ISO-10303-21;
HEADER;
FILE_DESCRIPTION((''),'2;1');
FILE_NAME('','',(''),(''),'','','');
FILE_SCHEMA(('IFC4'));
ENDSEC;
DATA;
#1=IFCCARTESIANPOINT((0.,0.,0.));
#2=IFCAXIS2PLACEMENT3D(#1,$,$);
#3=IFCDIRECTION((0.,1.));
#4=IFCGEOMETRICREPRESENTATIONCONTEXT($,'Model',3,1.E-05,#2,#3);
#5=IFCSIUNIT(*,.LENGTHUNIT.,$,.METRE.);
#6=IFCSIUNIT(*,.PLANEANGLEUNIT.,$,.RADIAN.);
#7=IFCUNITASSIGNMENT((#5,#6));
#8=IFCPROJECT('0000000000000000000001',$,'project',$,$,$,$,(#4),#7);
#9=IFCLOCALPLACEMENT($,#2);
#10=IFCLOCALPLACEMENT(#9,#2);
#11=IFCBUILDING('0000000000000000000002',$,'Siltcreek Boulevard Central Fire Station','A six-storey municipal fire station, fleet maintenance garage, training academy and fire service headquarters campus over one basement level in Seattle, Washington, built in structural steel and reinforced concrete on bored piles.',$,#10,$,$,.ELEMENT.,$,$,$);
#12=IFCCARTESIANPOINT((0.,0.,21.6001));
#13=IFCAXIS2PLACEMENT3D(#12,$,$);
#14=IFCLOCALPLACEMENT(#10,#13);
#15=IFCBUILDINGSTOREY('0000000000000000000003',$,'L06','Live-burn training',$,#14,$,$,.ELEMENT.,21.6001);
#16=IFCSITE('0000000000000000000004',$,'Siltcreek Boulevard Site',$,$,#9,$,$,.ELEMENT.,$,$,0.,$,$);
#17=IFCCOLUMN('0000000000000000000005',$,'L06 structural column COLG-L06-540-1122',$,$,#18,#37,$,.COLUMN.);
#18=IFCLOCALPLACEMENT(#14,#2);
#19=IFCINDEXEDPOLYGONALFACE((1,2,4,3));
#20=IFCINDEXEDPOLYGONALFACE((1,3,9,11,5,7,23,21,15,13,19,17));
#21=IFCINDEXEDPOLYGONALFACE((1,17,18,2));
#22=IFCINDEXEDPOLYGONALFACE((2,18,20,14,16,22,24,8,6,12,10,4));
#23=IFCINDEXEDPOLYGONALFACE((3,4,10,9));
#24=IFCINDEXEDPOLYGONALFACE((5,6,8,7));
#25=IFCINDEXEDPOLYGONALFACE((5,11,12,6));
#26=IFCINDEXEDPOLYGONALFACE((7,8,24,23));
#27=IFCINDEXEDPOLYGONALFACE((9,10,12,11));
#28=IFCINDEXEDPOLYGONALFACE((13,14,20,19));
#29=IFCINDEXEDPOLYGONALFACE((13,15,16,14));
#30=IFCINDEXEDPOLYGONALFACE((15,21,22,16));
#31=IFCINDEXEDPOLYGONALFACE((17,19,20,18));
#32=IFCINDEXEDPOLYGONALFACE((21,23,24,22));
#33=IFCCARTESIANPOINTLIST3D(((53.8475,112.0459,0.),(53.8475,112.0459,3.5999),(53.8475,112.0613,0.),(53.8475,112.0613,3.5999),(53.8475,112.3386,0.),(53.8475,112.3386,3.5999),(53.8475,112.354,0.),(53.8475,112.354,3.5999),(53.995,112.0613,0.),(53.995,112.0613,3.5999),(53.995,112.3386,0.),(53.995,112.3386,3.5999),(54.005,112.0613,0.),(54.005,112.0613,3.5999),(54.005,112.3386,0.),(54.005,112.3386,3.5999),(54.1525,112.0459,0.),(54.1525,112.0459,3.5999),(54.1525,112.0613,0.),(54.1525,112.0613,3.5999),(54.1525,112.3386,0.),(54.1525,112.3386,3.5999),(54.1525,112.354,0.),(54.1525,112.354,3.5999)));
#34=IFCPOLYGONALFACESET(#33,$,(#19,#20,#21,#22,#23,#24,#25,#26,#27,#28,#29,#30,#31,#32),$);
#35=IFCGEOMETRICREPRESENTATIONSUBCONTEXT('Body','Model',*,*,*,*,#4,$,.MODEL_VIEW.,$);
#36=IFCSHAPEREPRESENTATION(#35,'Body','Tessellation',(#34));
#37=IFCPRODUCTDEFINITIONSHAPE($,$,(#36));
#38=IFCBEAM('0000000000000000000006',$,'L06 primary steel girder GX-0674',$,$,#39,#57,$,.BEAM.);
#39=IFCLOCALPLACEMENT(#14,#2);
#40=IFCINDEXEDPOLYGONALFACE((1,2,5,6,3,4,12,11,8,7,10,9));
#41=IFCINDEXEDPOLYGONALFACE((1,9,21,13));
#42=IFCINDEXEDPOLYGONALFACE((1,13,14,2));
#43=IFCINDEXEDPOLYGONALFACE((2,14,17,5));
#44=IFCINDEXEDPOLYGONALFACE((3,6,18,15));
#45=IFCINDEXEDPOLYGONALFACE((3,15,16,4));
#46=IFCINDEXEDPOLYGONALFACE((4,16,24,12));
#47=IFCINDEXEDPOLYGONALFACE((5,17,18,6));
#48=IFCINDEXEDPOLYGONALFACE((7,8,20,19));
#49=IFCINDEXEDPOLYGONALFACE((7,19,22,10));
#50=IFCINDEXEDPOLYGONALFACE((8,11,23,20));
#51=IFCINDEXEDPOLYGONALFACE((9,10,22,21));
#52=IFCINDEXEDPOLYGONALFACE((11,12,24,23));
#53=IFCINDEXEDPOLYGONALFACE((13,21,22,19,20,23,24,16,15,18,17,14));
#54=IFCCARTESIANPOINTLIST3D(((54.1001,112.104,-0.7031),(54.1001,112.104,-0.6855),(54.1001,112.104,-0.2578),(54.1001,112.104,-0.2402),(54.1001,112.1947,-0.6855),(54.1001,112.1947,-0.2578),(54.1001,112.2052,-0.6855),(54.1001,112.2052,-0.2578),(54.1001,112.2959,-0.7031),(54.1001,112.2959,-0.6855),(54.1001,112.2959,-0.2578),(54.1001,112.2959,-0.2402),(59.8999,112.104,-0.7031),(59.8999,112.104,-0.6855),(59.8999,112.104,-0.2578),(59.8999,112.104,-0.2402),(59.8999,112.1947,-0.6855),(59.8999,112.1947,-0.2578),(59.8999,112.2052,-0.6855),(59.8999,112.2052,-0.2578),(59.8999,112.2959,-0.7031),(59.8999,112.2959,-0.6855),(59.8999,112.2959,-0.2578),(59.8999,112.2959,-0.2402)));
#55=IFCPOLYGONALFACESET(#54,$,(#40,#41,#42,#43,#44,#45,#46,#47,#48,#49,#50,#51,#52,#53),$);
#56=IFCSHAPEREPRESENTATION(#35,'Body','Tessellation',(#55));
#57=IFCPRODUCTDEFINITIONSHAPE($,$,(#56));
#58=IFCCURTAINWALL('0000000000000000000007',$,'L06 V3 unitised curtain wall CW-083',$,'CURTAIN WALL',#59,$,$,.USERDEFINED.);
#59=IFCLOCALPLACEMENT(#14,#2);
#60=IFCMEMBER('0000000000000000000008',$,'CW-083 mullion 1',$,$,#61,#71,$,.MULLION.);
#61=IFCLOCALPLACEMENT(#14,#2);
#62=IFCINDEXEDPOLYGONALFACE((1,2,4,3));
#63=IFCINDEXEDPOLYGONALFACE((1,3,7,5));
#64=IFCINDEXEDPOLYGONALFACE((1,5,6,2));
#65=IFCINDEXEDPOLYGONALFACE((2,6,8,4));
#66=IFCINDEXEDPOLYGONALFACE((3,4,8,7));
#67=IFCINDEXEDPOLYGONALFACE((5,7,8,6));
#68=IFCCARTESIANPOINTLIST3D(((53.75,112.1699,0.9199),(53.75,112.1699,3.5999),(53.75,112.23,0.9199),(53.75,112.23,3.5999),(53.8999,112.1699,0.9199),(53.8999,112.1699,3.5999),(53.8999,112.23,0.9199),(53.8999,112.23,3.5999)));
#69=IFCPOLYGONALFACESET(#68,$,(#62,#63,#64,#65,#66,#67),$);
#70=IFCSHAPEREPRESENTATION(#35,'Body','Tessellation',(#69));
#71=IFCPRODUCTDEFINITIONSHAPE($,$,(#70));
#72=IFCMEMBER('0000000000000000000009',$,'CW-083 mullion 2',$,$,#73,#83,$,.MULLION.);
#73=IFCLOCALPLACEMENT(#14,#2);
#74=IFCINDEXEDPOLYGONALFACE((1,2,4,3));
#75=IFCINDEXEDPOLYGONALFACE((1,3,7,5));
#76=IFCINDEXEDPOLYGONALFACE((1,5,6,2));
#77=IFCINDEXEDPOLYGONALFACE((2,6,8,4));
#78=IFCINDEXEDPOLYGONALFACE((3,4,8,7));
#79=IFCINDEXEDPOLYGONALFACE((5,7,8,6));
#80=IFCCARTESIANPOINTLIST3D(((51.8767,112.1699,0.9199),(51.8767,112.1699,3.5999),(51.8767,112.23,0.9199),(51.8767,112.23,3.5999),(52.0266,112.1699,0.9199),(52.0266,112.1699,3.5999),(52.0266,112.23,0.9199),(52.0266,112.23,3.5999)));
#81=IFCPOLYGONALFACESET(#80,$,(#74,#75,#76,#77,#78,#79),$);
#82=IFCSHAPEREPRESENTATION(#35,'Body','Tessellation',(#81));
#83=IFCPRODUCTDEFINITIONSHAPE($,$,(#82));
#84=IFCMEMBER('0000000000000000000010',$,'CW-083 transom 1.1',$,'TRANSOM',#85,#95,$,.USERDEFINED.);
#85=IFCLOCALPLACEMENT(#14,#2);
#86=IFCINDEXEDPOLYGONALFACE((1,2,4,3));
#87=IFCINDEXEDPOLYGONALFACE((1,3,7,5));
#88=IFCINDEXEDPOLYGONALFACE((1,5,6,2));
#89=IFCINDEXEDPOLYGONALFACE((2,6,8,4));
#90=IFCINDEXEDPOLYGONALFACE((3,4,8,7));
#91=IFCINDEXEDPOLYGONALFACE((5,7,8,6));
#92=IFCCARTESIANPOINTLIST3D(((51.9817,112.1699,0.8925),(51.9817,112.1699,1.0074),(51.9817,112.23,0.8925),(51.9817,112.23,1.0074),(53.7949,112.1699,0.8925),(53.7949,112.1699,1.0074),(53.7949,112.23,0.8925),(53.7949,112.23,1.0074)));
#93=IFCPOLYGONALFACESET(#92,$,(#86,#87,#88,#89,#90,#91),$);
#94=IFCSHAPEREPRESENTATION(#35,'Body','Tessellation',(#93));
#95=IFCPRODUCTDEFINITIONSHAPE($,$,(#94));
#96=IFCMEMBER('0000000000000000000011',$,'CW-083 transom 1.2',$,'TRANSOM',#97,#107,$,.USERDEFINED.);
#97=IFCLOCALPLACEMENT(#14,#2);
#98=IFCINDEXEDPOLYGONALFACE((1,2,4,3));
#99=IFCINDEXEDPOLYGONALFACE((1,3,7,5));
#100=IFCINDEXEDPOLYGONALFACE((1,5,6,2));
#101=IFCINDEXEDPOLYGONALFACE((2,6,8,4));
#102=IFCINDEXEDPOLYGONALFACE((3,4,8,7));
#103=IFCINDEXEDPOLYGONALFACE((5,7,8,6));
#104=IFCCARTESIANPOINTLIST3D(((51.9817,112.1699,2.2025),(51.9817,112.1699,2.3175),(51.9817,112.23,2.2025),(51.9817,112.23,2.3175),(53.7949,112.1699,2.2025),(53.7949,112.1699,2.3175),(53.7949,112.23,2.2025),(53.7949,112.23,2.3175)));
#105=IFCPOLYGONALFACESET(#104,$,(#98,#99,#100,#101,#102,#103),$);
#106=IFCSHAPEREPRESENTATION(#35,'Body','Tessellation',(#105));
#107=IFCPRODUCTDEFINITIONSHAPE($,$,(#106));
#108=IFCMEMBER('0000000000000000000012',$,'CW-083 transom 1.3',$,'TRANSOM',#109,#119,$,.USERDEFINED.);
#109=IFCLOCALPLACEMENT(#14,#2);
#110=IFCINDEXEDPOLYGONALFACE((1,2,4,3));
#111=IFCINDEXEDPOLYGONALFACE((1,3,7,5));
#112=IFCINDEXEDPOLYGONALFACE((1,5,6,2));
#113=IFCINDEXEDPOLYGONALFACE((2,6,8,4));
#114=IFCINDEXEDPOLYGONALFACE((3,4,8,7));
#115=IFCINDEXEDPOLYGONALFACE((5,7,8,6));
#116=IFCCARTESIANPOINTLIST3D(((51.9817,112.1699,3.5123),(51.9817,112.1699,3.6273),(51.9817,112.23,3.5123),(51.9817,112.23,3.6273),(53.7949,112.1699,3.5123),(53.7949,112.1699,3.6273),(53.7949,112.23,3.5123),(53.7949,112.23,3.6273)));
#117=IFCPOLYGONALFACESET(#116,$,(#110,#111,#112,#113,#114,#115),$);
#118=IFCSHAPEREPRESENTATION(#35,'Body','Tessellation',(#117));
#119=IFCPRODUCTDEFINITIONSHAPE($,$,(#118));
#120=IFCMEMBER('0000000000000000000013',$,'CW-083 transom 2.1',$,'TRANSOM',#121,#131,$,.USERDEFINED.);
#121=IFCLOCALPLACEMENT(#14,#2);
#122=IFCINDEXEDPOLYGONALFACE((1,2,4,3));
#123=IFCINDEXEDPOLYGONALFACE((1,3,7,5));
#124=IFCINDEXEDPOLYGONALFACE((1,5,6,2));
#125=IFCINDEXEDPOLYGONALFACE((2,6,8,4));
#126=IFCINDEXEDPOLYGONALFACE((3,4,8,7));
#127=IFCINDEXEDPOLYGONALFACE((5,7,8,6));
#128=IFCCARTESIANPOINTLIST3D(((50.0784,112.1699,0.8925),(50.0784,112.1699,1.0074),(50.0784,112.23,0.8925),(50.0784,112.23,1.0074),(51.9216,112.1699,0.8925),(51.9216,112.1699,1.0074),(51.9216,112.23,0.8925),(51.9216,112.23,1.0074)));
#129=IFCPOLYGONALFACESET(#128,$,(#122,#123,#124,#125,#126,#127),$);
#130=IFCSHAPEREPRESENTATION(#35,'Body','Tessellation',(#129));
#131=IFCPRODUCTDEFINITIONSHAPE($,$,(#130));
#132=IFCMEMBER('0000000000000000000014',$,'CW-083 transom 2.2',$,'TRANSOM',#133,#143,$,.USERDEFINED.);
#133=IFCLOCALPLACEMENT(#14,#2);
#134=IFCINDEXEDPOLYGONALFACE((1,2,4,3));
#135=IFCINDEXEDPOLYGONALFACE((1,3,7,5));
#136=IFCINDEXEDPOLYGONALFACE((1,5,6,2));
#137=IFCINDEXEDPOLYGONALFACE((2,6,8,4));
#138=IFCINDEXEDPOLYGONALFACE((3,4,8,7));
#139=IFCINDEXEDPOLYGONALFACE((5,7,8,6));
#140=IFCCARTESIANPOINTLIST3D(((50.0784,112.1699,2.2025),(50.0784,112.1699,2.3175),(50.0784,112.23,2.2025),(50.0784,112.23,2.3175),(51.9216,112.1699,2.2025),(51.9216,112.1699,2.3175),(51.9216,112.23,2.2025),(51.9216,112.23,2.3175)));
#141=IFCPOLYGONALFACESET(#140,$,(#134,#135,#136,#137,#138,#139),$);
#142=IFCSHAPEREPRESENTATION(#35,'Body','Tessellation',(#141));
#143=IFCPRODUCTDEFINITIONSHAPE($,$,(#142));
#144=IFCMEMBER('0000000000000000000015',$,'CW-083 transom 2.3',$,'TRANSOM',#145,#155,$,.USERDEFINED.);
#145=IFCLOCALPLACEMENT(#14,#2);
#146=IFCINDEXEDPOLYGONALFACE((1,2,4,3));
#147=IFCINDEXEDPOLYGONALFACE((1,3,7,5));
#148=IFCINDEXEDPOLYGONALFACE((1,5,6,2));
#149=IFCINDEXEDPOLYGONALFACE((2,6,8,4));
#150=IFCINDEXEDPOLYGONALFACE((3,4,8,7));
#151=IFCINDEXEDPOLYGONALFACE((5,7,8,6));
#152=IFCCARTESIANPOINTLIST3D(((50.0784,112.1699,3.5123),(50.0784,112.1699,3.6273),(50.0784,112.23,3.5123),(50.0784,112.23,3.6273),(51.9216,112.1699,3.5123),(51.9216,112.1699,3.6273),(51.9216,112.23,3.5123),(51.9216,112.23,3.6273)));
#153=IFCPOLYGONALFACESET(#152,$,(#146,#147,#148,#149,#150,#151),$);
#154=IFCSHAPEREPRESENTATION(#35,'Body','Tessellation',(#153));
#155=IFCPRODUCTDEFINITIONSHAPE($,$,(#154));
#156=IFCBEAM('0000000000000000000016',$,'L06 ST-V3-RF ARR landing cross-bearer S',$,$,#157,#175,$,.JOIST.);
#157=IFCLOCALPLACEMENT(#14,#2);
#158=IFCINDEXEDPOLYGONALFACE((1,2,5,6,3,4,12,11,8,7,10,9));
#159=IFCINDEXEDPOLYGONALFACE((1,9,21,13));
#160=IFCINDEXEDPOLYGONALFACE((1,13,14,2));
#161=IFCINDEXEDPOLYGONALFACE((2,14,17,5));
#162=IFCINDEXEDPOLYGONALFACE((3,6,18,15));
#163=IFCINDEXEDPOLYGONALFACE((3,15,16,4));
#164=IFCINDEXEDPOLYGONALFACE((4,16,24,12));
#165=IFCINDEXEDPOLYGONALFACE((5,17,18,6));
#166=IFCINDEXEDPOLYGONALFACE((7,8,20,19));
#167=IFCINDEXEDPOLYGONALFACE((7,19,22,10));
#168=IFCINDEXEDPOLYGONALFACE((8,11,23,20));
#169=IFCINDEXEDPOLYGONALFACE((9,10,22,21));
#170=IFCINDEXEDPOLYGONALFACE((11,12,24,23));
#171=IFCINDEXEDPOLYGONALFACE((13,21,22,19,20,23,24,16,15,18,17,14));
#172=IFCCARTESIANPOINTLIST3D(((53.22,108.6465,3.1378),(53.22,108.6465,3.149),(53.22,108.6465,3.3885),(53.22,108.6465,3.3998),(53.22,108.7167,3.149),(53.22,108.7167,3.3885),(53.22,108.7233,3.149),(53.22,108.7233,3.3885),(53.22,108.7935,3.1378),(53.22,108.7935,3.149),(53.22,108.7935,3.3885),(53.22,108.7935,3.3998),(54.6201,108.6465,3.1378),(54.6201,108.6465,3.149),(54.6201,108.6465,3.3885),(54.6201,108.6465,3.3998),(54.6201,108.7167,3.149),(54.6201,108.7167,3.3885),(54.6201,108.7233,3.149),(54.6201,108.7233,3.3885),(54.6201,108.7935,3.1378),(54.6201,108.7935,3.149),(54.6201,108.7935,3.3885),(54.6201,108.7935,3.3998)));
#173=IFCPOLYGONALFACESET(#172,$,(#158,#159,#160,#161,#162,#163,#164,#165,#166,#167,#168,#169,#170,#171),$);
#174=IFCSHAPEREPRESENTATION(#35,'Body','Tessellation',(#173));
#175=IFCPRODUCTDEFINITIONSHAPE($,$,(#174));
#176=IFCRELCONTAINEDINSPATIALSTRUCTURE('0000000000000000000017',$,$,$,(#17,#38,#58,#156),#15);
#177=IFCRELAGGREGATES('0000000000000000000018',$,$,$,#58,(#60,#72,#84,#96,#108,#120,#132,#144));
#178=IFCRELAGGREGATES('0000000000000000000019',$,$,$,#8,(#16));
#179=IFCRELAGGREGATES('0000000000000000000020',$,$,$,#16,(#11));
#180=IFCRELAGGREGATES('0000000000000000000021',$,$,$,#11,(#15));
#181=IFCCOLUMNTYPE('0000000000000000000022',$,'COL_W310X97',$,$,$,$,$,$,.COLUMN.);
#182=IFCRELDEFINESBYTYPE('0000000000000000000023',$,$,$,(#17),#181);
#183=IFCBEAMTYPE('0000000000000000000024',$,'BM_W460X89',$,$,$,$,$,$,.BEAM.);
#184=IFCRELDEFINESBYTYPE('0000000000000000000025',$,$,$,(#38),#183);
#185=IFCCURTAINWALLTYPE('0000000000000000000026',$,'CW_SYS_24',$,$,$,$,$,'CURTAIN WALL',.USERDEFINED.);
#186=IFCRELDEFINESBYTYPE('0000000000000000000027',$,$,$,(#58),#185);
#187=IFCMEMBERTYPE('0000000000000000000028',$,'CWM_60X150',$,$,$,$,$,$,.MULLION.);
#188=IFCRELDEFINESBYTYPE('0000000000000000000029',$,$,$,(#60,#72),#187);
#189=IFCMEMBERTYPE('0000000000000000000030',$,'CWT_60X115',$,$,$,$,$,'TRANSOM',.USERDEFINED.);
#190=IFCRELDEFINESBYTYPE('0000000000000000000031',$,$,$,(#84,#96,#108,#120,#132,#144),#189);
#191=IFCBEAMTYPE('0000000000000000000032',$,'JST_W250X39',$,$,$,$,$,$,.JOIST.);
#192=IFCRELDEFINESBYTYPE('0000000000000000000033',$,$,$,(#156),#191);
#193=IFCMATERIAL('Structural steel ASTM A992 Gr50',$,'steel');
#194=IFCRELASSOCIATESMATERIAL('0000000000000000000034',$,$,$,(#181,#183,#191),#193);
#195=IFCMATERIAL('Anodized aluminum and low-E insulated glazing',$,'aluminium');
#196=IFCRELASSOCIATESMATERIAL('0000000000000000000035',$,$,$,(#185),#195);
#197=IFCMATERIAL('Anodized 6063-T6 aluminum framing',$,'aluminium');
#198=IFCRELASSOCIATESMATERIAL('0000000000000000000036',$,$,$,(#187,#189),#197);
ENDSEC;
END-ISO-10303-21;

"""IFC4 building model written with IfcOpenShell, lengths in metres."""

from ifc_helpers import new_model, si_unit, direction, frame, origin, origin_2d, place, context, subcontext, project, spatial, rectangle, i_section, extrude, material, material_profile, profile_set, type_object, element, aggregate, save


model = new_model("IFC4")

# Units and contexts
model_context = context("Model", 3, precision=1e-05, world=origin(), true_north=direction((0.0, 1.0)))
body_context = subcontext(model_context, "Body", "Model", "MODEL_VIEW")
ifc_project = project(units=[si_unit("LENGTHUNIT", "METRE"), si_unit("PLANEANGLEUNIT", "RADIAN")], contexts=[model_context])

# Site, building, storey
site_placement = place(None, origin())
site = spatial("IfcSite", under=ifc_project, at=site_placement, Name="Siltcreek Boulevard Site", CompositionType="ELEMENT", RefElevation=0.0)
building_placement = place(site_placement, origin())
building = spatial("IfcBuilding", under=site, at=building_placement, Name="Siltcreek Boulevard Central Fire Station", Description="A six-storey municipal fire station, fleet maintenance garage, training academy and fire service headquarters campus over one basement level in Seattle, Washington, built in structural steel and reinforced concrete on bored piles.", CompositionType="ELEMENT")
storey_placement = place(building_placement, frame((0.0, 0.0, 21.6001)))
storey = spatial("IfcBuildingStorey", under=building, at=storey_placement, Name="L06", Description="Live-burn training", CompositionType="ELEMENT", Elevation=21.6001)

# Column
ifc_material_1 = material(Name="Structural steel ASTM A992 Gr50", Category="steel")
ifc_material_profile_1 = material_profile(ifc_material_1, i_section(OverallWidth=0.3049, OverallDepth=0.3081, WebThickness=0.01, FlangeThickness=0.0154, at=origin_2d()), Name="W310X97")
ifc_profile_set_1 = profile_set([ifc_material_profile_1], Name="Structural steel ASTM A992 Gr50")
column_type = type_object("IfcColumnType", Name="COL_W310X97", PredefinedType="COLUMN", material=ifc_profile_set_1)
column_placement = place(storey_placement, frame((54.0, 112.2, 0.0), z_axis=(0.0, 0.0, 1.0), x_axis=(1.0, 0.0, 0.0)))
element("IfcColumn", 1, at=column_placement, inside=storey, type_object=column_type, Name="L06 structural column COLG-L06-540-1122", PredefinedType="COLUMN", context=body_context, shape_type="SweptSolid", body=[
    extrude(i_section(OverallWidth=0.3049, OverallDepth=0.3081, WebThickness=0.01, FlangeThickness=0.0154, at=origin_2d()), origin(), (0.0, 0.0, 1.0), 3.5999),
])

# Beam
ifc_material_profile_2 = material_profile(ifc_material_1, i_section(OverallWidth=0.1919, OverallDepth=0.4629, WebThickness=0.0105, FlangeThickness=0.0176, at=origin_2d()), Name="W460X89")
ifc_profile_set_2 = profile_set([ifc_material_profile_2], Name="Structural steel ASTM A992 Gr50")
beam_type_1 = type_object("IfcBeamType", Name="BM_W460X89", PredefinedType="BEAM", material=ifc_profile_set_2)
beam_placement = place(storey_placement, frame((54.1001, 112.2, -0.4717), z_axis=(1.0, 0.0, 0.0), x_axis=(0.0, 1.0, 0.0)))
element("IfcBeam", 2, at=beam_placement, inside=storey, type_object=beam_type_1, Name="L06 primary steel girder GX-0674", PredefinedType="BEAM", context=body_context, shape_type="SweptSolid", body=[
    extrude(i_section(OverallWidth=0.1919, OverallDepth=0.4629, WebThickness=0.0105, FlangeThickness=0.0176, at=origin_2d()), origin(), (0.0, 0.0, 1.0), 5.7998),
])

# Curtain wall, members
ifc_material_2 = material(Name="Anodized aluminum and low-E insulated glazing", Category="aluminium")
curtain_wall_type = type_object("IfcCurtainWallType", Name="CW_SYS_24", ElementType="CURTAIN WALL", PredefinedType="USERDEFINED", material=ifc_material_2)
curtain_wall_placement = place(storey_placement, origin())
curtain_wall = element("IfcCurtainWall", 3, at=curtain_wall_placement, inside=storey, type_object=curtain_wall_type, Name="L06 V3 unitised curtain wall CW-083", ObjectType="CURTAIN WALL", PredefinedType="USERDEFINED")
ifc_material_3 = material(Name="Anodized 6063-T6 aluminum framing", Category="aluminium")
ifc_material_profile_3 = material_profile(ifc_material_3, rectangle(XDim=0.0601, YDim=0.1499, at=origin_2d()), Name="MULL60X150")
ifc_profile_set_3 = profile_set([ifc_material_profile_3], Name="Anodized 6063-T6 aluminum framing")
member_type_1 = type_object("IfcMemberType", Name="CWM_60X150", PredefinedType="MULLION", material=ifc_profile_set_3)
member_1_placement = place(storey_placement, frame((53.825, 112.2, 0.9199), z_axis=(0.0, 0.0, 1.0), x_axis=(0.0, -1.0, 0.0)))
member_1 = element("IfcMember", 4, at=member_1_placement, type_object=member_type_1, Name="CW-083 mullion 1", PredefinedType="MULLION", context=body_context, shape_type="SweptSolid", body=[
    extrude(rectangle(XDim=0.0601, YDim=0.1499, at=origin_2d()), origin(), (0.0, 0.0, 1.0), 2.6799),
])
member_2_placement = place(storey_placement, frame((51.9517, 112.2, 0.9199), z_axis=(0.0, 0.0, 1.0), x_axis=(0.0, -1.0, 0.0)))
member_2 = element("IfcMember", 5, at=member_2_placement, type_object=member_type_1, Name="CW-083 mullion 2", PredefinedType="MULLION", context=body_context, shape_type="SweptSolid", body=[
    extrude(rectangle(XDim=0.0601, YDim=0.1499, at=origin_2d()), origin(), (0.0, 0.0, 1.0), 2.6799),
])
ifc_material_profile_4 = material_profile(ifc_material_3, rectangle(XDim=0.0601, YDim=0.115, at=origin_2d()), Name="TRAN60X115")
ifc_profile_set_4 = profile_set([ifc_material_profile_4], Name="Anodized 6063-T6 aluminum framing")
member_type_2 = type_object("IfcMemberType", Name="CWT_60X115", ElementType="TRANSOM", PredefinedType="USERDEFINED", material=ifc_profile_set_4)
member_3_placement = place(storey_placement, frame((53.7949, 112.2, 0.95), z_axis=(-1.0, 0.0, 0.0), x_axis=(0.0, -1.0, 0.0)))
member_3 = element("IfcMember", 6, at=member_3_placement, type_object=member_type_2, Name="CW-083 transom 1.1", ObjectType="TRANSOM", PredefinedType="USERDEFINED", context=body_context, shape_type="SweptSolid", body=[
    extrude(rectangle(XDim=0.0601, YDim=0.115, at=origin_2d()), origin(), (0.0, 0.0, 1.0), 1.8132),
])
member_4_placement = place(storey_placement, frame((53.7949, 112.2, 2.26), z_axis=(-1.0, 0.0, 0.0), x_axis=(0.0, -1.0, 0.0)))
member_4 = element("IfcMember", 7, at=member_4_placement, type_object=member_type_2, Name="CW-083 transom 1.2", ObjectType="TRANSOM", PredefinedType="USERDEFINED", context=body_context, shape_type="SweptSolid", body=[
    extrude(rectangle(XDim=0.0601, YDim=0.115, at=origin_2d()), origin(), (0.0, 0.0, 1.0), 1.8132),
])
member_5_placement = place(storey_placement, frame((53.7949, 112.2, 3.5698), z_axis=(-1.0, 0.0, 0.0), x_axis=(0.0, -1.0, 0.0)))
member_5 = element("IfcMember", 8, at=member_5_placement, type_object=member_type_2, Name="CW-083 transom 1.3", ObjectType="TRANSOM", PredefinedType="USERDEFINED", context=body_context, shape_type="SweptSolid", body=[
    extrude(rectangle(XDim=0.0601, YDim=0.115, at=origin_2d()), origin(), (0.0, 0.0, 1.0), 1.8132),
])
member_6_placement = place(storey_placement, frame((51.9216, 112.2, 0.95), z_axis=(-1.0, 0.0, 0.0), x_axis=(0.0, -1.0, 0.0)))
member_6 = element("IfcMember", 9, at=member_6_placement, type_object=member_type_2, Name="CW-083 transom 2.1", ObjectType="TRANSOM", PredefinedType="USERDEFINED", context=body_context, shape_type="SweptSolid", body=[
    extrude(rectangle(XDim=0.0601, YDim=0.115, at=origin_2d()), origin(), (0.0, 0.0, 1.0), 1.8433),
])
member_7_placement = place(storey_placement, frame((51.9216, 112.2, 2.26), z_axis=(-1.0, 0.0, 0.0), x_axis=(0.0, -1.0, 0.0)))
member_7 = element("IfcMember", 10, at=member_7_placement, type_object=member_type_2, Name="CW-083 transom 2.2", ObjectType="TRANSOM", PredefinedType="USERDEFINED", context=body_context, shape_type="SweptSolid", body=[
    extrude(rectangle(XDim=0.0601, YDim=0.115, at=origin_2d()), origin(), (0.0, 0.0, 1.0), 1.8433),
])
member_8_placement = place(storey_placement, frame((51.9216, 112.2, 3.5698), z_axis=(-1.0, 0.0, 0.0), x_axis=(0.0, -1.0, 0.0)))
member_8 = element("IfcMember", 11, at=member_8_placement, type_object=member_type_2, Name="CW-083 transom 2.3", ObjectType="TRANSOM", PredefinedType="USERDEFINED", context=body_context, shape_type="SweptSolid", body=[
    extrude(rectangle(XDim=0.0601, YDim=0.115, at=origin_2d()), origin(), (0.0, 0.0, 1.0), 1.8433),
])

# Beam
ifc_material_profile_5 = material_profile(ifc_material_1, i_section(OverallWidth=0.147, OverallDepth=0.262, WebThickness=0.0066, FlangeThickness=0.0112, at=origin_2d()), Name="W250X39")
ifc_profile_set_5 = profile_set([ifc_material_profile_5], Name="Structural steel ASTM A992 Gr50")
beam_type_2 = type_object("IfcBeamType", Name="JST_W250X39", PredefinedType="JOIST", material=ifc_profile_set_5)
for number, where, z_axis, x_axis, name in (
    (12, (53.22, 108.72, 3.2688), (1.0, 0.0, 0.0), (0.0, 1.0, 0.0), "L06 ST-V3-RF ARR landing cross-bearer S"),
):
    element("IfcBeam", number, at=place(storey_placement, frame(where, z_axis=z_axis, x_axis=x_axis)), inside=storey, type_object=beam_type_2, Name=name, PredefinedType="JOIST", context=body_context, shape_type="SweptSolid", body=[
        extrude(i_section(OverallWidth=0.147, OverallDepth=0.262, WebThickness=0.0066, FlangeThickness=0.0112, at=origin_2d()), origin(), (0.0, 0.0, 1.0), 1.4001),
    ])

aggregate(curtain_wall, [member_1, member_2, member_3, member_4, member_5, member_6, member_7, member_8])

save(model, "model.ifc")
